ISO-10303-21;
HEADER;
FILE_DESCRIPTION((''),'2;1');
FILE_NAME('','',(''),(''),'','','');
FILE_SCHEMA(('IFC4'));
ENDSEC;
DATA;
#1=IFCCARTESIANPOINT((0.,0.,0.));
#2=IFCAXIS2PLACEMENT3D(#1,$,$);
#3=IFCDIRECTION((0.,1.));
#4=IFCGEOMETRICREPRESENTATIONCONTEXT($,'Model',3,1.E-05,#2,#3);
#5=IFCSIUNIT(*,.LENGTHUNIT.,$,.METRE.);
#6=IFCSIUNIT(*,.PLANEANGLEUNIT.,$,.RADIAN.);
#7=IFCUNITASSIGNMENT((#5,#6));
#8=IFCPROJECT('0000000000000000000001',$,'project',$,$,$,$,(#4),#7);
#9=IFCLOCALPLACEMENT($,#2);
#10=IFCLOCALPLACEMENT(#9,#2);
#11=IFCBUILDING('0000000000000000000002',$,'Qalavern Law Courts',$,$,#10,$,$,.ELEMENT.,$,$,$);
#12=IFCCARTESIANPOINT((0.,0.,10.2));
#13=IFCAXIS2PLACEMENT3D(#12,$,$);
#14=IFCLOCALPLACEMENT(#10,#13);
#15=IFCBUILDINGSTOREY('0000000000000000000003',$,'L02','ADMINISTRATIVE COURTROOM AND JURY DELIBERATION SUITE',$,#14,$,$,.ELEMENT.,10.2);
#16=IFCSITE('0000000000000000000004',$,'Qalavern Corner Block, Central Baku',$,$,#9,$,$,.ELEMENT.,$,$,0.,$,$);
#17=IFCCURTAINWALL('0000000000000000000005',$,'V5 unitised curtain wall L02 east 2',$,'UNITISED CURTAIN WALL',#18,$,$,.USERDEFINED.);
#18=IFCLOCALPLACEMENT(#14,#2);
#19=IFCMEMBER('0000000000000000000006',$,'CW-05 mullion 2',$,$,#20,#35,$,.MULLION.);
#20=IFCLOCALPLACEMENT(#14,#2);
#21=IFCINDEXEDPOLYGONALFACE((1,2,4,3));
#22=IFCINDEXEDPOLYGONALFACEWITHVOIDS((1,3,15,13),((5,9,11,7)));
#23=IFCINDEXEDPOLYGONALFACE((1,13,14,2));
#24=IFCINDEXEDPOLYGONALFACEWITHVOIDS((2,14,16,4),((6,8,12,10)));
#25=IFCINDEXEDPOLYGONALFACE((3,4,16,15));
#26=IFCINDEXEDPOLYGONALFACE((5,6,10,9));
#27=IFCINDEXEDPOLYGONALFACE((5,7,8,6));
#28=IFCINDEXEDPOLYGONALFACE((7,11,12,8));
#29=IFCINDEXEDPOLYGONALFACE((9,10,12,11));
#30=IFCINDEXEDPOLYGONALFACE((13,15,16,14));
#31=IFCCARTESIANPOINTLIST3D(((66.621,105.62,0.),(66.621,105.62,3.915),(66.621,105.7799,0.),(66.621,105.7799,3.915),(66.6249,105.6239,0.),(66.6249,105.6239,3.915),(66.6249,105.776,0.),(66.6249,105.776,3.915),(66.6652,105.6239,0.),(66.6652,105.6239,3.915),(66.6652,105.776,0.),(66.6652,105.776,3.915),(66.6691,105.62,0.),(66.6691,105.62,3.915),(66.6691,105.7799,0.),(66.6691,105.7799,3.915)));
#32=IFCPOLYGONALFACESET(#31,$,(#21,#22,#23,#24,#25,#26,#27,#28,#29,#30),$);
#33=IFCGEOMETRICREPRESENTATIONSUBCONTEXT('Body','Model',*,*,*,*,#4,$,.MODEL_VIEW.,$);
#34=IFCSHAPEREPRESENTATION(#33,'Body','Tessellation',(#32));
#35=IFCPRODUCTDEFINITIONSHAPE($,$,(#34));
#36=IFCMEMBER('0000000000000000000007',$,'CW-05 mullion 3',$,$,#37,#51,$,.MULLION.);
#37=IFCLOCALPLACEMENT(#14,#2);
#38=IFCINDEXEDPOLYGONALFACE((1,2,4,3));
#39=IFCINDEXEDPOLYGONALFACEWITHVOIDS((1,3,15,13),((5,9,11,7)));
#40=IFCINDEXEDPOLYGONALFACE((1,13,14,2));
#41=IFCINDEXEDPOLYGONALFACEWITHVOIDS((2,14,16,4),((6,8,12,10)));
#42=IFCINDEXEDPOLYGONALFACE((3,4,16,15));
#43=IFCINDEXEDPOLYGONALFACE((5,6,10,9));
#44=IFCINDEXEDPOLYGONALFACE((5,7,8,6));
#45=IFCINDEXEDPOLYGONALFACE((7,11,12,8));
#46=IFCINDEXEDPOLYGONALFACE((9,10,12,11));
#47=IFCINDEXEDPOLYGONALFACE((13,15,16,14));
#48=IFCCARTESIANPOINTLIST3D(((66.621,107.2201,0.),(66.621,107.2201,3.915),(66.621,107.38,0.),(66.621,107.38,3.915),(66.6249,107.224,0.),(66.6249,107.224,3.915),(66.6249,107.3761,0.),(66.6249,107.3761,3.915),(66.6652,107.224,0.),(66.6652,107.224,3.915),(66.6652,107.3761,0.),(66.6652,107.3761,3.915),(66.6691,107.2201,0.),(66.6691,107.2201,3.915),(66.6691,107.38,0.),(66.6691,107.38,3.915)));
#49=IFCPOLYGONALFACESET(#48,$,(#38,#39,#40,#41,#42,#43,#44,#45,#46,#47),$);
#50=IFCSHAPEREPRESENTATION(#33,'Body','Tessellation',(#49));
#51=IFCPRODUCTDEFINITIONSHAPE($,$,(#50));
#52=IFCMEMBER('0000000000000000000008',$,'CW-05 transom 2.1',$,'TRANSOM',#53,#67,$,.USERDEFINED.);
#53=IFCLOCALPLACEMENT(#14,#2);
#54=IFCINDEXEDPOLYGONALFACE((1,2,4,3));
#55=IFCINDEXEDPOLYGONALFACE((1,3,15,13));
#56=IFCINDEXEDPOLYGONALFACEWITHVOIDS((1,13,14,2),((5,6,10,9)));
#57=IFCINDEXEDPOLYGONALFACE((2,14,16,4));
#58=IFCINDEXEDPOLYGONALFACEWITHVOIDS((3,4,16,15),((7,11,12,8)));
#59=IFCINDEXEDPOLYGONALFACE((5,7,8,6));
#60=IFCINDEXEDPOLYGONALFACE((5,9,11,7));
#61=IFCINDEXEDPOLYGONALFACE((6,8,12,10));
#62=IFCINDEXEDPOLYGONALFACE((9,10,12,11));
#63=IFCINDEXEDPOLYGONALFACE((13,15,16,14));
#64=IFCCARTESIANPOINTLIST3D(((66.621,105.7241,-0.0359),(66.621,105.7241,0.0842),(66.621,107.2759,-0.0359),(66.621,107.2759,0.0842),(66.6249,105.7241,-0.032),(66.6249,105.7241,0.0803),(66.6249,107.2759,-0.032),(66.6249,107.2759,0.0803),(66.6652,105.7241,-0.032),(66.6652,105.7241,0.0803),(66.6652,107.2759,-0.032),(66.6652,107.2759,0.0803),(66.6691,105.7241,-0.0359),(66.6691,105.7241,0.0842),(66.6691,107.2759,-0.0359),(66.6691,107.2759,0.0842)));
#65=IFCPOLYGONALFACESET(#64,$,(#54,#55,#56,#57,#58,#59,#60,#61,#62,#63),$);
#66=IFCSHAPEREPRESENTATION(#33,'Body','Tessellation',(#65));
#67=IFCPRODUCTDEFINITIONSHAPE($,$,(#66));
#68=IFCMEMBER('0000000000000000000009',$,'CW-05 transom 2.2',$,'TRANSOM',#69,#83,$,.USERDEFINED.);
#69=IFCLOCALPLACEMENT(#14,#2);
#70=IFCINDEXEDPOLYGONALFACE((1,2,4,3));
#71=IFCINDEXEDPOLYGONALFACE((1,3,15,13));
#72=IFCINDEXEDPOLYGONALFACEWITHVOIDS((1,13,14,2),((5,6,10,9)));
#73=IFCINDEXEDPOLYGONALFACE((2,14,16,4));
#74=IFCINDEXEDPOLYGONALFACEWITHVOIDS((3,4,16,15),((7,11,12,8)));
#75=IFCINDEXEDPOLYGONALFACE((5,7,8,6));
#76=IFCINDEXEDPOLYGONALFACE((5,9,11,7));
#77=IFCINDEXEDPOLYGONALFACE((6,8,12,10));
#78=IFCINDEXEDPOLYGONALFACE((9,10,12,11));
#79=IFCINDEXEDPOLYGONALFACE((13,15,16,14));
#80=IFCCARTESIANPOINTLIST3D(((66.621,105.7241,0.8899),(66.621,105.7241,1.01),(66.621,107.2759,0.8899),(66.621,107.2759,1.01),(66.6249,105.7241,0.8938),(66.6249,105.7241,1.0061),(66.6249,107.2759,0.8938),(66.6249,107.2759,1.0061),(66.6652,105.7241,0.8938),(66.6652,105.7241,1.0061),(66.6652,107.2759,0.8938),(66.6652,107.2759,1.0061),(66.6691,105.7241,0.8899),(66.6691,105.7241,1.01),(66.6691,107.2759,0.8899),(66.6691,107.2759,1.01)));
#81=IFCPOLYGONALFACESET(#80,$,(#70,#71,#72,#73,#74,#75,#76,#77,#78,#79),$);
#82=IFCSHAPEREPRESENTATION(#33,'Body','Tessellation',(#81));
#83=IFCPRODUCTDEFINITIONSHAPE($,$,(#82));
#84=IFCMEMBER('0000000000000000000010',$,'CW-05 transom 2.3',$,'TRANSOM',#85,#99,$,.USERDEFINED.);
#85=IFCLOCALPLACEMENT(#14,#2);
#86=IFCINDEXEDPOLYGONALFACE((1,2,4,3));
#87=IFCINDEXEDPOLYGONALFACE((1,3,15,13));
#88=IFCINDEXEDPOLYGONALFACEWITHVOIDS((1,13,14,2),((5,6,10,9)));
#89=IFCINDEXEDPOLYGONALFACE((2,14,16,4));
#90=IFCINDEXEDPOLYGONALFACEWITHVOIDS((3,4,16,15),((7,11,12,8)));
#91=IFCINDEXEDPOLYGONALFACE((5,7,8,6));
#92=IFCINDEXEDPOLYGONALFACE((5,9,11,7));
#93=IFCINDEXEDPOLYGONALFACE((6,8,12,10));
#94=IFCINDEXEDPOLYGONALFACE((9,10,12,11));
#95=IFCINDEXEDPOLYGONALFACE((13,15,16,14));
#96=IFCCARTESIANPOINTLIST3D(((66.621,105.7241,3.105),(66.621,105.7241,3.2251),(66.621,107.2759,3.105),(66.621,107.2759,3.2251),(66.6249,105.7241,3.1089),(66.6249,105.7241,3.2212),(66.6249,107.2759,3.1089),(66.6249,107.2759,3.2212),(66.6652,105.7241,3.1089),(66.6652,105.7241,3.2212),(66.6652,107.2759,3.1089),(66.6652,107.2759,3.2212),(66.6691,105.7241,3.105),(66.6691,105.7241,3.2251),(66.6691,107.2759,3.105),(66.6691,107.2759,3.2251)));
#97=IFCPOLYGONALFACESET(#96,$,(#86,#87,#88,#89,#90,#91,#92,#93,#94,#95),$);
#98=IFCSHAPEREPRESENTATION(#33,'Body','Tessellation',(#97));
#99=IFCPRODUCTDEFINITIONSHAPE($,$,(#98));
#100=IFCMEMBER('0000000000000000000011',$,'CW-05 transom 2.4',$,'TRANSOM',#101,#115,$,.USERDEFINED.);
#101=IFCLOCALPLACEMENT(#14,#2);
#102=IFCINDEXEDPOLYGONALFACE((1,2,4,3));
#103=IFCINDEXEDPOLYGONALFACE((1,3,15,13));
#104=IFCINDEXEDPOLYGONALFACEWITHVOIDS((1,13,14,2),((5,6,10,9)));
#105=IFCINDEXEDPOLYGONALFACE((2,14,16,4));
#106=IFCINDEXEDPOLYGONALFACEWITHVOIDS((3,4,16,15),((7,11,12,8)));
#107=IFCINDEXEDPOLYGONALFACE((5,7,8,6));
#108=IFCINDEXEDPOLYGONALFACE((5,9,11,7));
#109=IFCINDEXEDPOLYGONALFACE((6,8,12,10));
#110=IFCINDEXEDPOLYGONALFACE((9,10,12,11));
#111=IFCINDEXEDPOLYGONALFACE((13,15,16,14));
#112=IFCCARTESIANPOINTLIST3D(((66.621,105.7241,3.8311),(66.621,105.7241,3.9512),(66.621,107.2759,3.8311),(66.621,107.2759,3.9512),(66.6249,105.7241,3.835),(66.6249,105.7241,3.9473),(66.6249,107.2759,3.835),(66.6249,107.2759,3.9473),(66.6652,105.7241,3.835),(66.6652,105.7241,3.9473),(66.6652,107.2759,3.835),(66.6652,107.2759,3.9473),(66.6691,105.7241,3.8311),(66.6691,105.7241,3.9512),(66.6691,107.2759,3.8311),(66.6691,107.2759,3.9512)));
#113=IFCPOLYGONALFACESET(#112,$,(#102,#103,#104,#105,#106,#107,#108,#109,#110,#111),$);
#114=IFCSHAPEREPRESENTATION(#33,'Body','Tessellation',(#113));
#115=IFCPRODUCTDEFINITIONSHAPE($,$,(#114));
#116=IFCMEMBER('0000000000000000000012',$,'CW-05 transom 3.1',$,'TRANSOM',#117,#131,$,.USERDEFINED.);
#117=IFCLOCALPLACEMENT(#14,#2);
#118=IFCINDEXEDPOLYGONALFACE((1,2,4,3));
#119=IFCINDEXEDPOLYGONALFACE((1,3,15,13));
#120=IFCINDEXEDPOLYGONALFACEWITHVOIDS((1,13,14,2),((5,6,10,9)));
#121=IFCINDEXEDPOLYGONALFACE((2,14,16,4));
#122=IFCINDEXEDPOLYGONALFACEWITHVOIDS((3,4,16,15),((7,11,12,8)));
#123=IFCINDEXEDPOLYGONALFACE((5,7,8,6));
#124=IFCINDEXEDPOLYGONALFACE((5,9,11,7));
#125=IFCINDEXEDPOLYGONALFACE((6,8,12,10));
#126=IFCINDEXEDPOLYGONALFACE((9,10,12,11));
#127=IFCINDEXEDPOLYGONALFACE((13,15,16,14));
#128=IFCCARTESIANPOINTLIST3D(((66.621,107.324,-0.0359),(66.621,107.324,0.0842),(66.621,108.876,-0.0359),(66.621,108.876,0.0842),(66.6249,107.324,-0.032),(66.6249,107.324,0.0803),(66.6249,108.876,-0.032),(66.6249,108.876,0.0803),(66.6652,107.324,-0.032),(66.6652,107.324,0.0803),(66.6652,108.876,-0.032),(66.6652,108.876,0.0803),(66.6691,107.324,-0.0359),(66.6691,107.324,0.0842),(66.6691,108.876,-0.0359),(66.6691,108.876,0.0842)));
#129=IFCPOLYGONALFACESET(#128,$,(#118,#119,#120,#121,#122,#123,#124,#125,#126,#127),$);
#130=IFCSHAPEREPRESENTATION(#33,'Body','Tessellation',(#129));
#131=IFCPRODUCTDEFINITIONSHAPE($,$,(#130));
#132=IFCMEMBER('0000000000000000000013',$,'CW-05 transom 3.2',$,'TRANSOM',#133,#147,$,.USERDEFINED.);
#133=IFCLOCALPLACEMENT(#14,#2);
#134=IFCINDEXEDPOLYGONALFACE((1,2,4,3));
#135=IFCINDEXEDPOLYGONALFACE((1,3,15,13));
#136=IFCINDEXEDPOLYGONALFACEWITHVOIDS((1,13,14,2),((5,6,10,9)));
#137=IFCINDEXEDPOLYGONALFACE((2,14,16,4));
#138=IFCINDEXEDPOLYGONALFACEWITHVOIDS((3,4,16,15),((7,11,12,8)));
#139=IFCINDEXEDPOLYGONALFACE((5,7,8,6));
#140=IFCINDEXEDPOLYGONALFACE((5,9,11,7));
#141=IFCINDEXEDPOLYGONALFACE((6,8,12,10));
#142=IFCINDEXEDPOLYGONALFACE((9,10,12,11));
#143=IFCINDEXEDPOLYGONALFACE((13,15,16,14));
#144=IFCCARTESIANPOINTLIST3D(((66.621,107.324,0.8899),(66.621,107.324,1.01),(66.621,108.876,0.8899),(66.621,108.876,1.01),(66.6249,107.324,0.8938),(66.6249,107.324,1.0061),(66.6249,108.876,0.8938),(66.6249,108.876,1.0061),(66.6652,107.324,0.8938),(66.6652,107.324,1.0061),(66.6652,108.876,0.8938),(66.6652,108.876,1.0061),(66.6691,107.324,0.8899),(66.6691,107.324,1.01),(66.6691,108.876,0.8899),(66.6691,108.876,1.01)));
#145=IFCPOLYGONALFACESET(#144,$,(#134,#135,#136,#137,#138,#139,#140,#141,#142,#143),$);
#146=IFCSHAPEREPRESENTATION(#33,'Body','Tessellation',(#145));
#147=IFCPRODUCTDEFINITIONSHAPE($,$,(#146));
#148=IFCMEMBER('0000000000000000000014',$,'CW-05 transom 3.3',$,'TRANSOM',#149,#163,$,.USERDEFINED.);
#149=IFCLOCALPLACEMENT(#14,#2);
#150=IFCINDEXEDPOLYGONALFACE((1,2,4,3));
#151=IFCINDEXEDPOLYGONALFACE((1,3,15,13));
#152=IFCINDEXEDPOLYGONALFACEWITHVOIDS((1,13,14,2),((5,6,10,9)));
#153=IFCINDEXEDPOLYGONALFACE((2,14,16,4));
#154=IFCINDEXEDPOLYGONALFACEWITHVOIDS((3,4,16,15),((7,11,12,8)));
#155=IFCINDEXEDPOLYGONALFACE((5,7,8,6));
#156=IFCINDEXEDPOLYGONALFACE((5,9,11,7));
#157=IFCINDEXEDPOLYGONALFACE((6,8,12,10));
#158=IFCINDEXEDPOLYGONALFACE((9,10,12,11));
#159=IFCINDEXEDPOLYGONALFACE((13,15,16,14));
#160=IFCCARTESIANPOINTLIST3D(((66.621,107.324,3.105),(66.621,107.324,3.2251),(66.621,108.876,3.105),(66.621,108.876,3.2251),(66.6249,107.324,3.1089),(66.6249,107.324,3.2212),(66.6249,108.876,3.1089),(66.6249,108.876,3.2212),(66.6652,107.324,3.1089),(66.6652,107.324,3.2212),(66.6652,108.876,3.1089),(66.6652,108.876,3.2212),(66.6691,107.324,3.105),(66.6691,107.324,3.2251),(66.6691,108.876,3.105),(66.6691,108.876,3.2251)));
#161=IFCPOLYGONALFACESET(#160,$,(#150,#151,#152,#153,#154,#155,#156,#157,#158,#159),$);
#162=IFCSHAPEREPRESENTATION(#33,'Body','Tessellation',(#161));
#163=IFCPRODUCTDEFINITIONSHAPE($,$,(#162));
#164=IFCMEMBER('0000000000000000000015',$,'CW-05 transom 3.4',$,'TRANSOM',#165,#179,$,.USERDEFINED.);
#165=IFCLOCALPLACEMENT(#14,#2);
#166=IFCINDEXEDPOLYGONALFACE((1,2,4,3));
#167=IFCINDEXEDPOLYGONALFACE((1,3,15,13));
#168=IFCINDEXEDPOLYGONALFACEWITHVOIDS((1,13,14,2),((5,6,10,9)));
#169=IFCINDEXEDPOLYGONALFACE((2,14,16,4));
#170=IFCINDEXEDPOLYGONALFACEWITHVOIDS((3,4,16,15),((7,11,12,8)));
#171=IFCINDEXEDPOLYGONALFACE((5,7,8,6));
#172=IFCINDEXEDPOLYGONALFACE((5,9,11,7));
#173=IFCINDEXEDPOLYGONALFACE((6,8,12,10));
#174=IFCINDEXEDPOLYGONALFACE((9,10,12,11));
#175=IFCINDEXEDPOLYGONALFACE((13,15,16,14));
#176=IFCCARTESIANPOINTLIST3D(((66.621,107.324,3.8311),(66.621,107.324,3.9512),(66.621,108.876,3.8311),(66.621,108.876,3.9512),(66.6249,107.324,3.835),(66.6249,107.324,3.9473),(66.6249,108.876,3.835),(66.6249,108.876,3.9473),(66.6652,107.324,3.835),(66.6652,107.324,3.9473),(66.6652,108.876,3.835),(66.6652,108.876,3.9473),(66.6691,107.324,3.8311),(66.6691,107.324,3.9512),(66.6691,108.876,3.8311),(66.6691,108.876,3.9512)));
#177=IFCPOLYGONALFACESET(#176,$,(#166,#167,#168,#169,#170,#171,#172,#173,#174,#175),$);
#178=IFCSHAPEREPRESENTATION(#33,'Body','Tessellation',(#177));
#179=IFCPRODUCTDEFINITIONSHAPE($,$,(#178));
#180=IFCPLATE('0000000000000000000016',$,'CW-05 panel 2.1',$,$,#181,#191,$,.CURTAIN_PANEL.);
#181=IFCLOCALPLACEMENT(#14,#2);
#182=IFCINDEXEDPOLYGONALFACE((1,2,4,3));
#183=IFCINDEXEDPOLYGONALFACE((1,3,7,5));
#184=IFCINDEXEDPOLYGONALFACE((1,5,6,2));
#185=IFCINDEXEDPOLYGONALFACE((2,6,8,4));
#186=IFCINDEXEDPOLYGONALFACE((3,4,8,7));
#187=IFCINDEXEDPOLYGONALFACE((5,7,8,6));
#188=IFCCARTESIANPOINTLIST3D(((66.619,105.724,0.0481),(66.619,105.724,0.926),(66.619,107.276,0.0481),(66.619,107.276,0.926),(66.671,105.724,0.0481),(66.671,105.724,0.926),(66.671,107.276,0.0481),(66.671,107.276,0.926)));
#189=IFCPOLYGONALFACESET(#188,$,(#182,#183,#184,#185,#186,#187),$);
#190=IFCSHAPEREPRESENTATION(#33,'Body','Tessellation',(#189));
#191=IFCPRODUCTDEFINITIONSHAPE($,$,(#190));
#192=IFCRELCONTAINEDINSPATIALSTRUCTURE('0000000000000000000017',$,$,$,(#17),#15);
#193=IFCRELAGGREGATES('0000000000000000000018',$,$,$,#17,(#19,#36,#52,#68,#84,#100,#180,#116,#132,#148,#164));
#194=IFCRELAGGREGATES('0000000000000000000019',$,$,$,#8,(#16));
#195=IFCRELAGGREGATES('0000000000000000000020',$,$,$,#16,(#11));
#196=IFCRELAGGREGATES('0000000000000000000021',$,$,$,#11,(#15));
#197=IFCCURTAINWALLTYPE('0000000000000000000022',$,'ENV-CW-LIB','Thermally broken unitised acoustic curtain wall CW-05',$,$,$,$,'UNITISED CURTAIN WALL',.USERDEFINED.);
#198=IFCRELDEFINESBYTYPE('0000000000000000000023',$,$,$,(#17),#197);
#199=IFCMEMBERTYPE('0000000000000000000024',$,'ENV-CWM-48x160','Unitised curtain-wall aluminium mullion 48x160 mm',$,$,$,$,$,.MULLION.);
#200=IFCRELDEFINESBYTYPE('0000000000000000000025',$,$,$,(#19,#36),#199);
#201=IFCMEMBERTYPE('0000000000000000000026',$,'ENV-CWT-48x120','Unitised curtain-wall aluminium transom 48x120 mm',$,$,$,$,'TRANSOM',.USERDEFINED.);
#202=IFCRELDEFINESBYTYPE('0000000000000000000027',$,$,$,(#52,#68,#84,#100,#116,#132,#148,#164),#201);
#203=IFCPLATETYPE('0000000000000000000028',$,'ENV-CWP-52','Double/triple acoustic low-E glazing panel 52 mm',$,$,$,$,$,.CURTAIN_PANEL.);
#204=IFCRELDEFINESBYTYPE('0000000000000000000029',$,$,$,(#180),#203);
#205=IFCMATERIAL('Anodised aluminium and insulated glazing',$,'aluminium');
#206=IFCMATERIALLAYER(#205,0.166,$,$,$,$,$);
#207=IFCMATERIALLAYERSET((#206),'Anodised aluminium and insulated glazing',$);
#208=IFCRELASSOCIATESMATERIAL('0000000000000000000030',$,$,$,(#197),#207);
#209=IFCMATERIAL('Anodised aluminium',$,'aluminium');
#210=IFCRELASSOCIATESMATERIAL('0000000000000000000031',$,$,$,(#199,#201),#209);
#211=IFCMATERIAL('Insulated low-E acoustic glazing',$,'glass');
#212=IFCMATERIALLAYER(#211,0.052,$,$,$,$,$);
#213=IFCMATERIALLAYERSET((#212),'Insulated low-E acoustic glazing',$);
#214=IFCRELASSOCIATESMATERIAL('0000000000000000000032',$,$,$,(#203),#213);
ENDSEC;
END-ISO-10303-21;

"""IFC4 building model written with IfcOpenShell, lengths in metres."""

from ifc_helpers import new_model, si_unit, direction, frame, origin, origin_2d, place, context, subcontext, project, spatial, rectangle, hollow_rectangle, extrude, material, layer, layer_set, material_profile, profile_set, type_object, element, aggregate, save


model = new_model("IFC4")

# Units and contexts
model_context = context("Model", 3, precision=1e-05, world=origin(), true_north=direction((0.0, 1.0)))
body_context = subcontext(model_context, "Body", "Model", "MODEL_VIEW")
ifc_project = project(units=[si_unit("LENGTHUNIT", "METRE"), si_unit("PLANEANGLEUNIT", "RADIAN")], contexts=[model_context])

# Site, building, storey
site_placement = place(None, origin())
site = spatial("IfcSite", under=ifc_project, at=site_placement, Name="Qalavern Corner Block, Central Baku", CompositionType="ELEMENT", RefElevation=0.0)
building_placement = place(site_placement, origin())
building = spatial("IfcBuilding", under=site, at=building_placement, Name="Qalavern Law Courts", CompositionType="ELEMENT")
storey_placement = place(building_placement, frame((0.0, 0.0, 10.2)))
storey = spatial("IfcBuildingStorey", under=building, at=storey_placement, Name="L02", Description="ADMINISTRATIVE COURTROOM AND JURY DELIBERATION SUITE", CompositionType="ELEMENT", Elevation=10.2)

# Curtain wall, members, plate
ifc_material_1 = material(Name="Anodised aluminium and insulated glazing", Category="aluminium")
ifc_layer_1 = layer(ifc_material_1, 0.166)
ifc_layer_set_1 = layer_set([ifc_layer_1], Name="Anodised aluminium and insulated glazing")
curtain_wall_type = type_object("IfcCurtainWallType", Name="ENV-CW-LIB", Description="Thermally broken unitised acoustic curtain wall CW-05", ElementType="UNITISED CURTAIN WALL", PredefinedType="USERDEFINED", material=ifc_layer_set_1)
curtain_wall_placement = place(storey_placement, origin())
curtain_wall = element("IfcCurtainWall", 1, at=curtain_wall_placement, inside=storey, type_object=curtain_wall_type, Name="V5 unitised curtain wall L02 east 2", ObjectType="UNITISED CURTAIN WALL", PredefinedType="USERDEFINED")
ifc_material_2 = material(Name="Anodised aluminium", Category="aluminium")
ifc_material_profile_1 = material_profile(ifc_material_2, hollow_rectangle(XDim=0.0481, YDim=0.1599, WallThickness=0.0039, at=origin_2d()), Name="ALU MULLION 48x160")
ifc_profile_set_1 = profile_set([ifc_material_profile_1], Name="Anodised aluminium")
member_type_1 = type_object("IfcMemberType", Name="ENV-CWM-48x160", Description="Unitised curtain-wall aluminium mullion 48x160 mm", PredefinedType="MULLION", material=ifc_profile_set_1)
member_1_placement = place(storey_placement, frame((66.645, 105.7, 0.0), z_axis=(0.0, 0.0, 1.0), x_axis=(-1.0, 0.0, 0.0)))
member_1 = element("IfcMember", 2, at=member_1_placement, type_object=member_type_1, Name="CW-05 mullion 2", PredefinedType="MULLION", context=body_context, shape_type="SweptSolid", body=[
    extrude(hollow_rectangle(XDim=0.0481, YDim=0.1599, WallThickness=0.0039, at=origin_2d()), origin(), (0.0, 0.0, 1.0), 3.915),
])
member_2_placement = place(storey_placement, frame((66.645, 107.3, 0.0), z_axis=(0.0, 0.0, 1.0), x_axis=(-1.0, 0.0, 0.0)))
member_2 = element("IfcMember", 3, at=member_2_placement, type_object=member_type_1, Name="CW-05 mullion 3", PredefinedType="MULLION", context=body_context, shape_type="SweptSolid", body=[
    extrude(hollow_rectangle(XDim=0.0481, YDim=0.1599, WallThickness=0.0039, at=origin_2d()), origin(), (0.0, 0.0, 1.0), 3.915),
])
ifc_material_profile_2 = material_profile(ifc_material_2, hollow_rectangle(XDim=0.0481, YDim=0.1201, WallThickness=0.0039, at=origin_2d()), Name="ALU TRANSOM 48x120")
ifc_profile_set_2 = profile_set([ifc_material_profile_2], Name="Anodised aluminium")
member_type_2 = type_object("IfcMemberType", Name="ENV-CWT-48x120", Description="Unitised curtain-wall aluminium transom 48x120 mm", ElementType="TRANSOM", PredefinedType="USERDEFINED", material=ifc_profile_set_2)
member_3_placement = place(storey_placement, frame((66.645, 105.7241, 0.0242), z_axis=(0.0, 1.0, 0.0), x_axis=(-1.0, 0.0, 0.0)))
member_3 = element("IfcMember", 4, at=member_3_placement, type_object=member_type_2, Name="CW-05 transom 2.1", ObjectType="TRANSOM", PredefinedType="USERDEFINED", context=body_context, shape_type="SweptSolid", body=[
    extrude(hollow_rectangle(XDim=0.0481, YDim=0.1201, WallThickness=0.0039, at=origin_2d()), origin(), (0.0, 0.0, 1.0), 1.5518),
])
member_4_placement = place(storey_placement, frame((66.645, 105.7241, 0.95), z_axis=(0.0, 1.0, 0.0), x_axis=(-1.0, 0.0, 0.0)))
member_4 = element("IfcMember", 5, at=member_4_placement, type_object=member_type_2, Name="CW-05 transom 2.2", ObjectType="TRANSOM", PredefinedType="USERDEFINED", context=body_context, shape_type="SweptSolid", body=[
    extrude(hollow_rectangle(XDim=0.0481, YDim=0.1201, WallThickness=0.0039, at=origin_2d()), origin(), (0.0, 0.0, 1.0), 1.5518),
])
member_5_placement = place(storey_placement, frame((66.645, 105.7241, 3.165), z_axis=(0.0, 1.0, 0.0), x_axis=(-1.0, 0.0, 0.0)))
member_5 = element("IfcMember", 6, at=member_5_placement, type_object=member_type_2, Name="CW-05 transom 2.3", ObjectType="TRANSOM", PredefinedType="USERDEFINED", context=body_context, shape_type="SweptSolid", body=[
    extrude(hollow_rectangle(XDim=0.0481, YDim=0.1201, WallThickness=0.0039, at=origin_2d()), origin(), (0.0, 0.0, 1.0), 1.5518),
])
member_6_placement = place(storey_placement, frame((66.645, 105.7241, 3.8911), z_axis=(0.0, 1.0, 0.0), x_axis=(-1.0, 0.0, 0.0)))
member_6 = element("IfcMember", 7, at=member_6_placement, type_object=member_type_2, Name="CW-05 transom 2.4", ObjectType="TRANSOM", PredefinedType="USERDEFINED", context=body_context, shape_type="SweptSolid", body=[
    extrude(hollow_rectangle(XDim=0.0481, YDim=0.1201, WallThickness=0.0039, at=origin_2d()), origin(), (0.0, 0.0, 1.0), 1.5518),
])
member_7_placement = place(storey_placement, frame((66.645, 107.324, 0.0242), z_axis=(0.0, 1.0, 0.0), x_axis=(-1.0, 0.0, 0.0)))
member_7 = element("IfcMember", 8, at=member_7_placement, type_object=member_type_2, Name="CW-05 transom 3.1", ObjectType="TRANSOM", PredefinedType="USERDEFINED", context=body_context, shape_type="SweptSolid", body=[
    extrude(hollow_rectangle(XDim=0.0481, YDim=0.1201, WallThickness=0.0039, at=origin_2d()), origin(), (0.0, 0.0, 1.0), 1.552),
])
member_8_placement = place(storey_placement, frame((66.645, 107.324, 0.95), z_axis=(0.0, 1.0, 0.0), x_axis=(-1.0, 0.0, 0.0)))
member_8 = element("IfcMember", 9, at=member_8_placement, type_object=member_type_2, Name="CW-05 transom 3.2", ObjectType="TRANSOM", PredefinedType="USERDEFINED", context=body_context, shape_type="SweptSolid", body=[
    extrude(hollow_rectangle(XDim=0.0481, YDim=0.1201, WallThickness=0.0039, at=origin_2d()), origin(), (0.0, 0.0, 1.0), 1.552),
])
member_9_placement = place(storey_placement, frame((66.645, 107.324, 3.165), z_axis=(0.0, 1.0, 0.0), x_axis=(-1.0, 0.0, 0.0)))
member_9 = element("IfcMember", 10, at=member_9_placement, type_object=member_type_2, Name="CW-05 transom 3.3", ObjectType="TRANSOM", PredefinedType="USERDEFINED", context=body_context, shape_type="SweptSolid", body=[
    extrude(hollow_rectangle(XDim=0.0481, YDim=0.1201, WallThickness=0.0039, at=origin_2d()), origin(), (0.0, 0.0, 1.0), 1.552),
])
member_10_placement = place(storey_placement, frame((66.645, 107.324, 3.8911), z_axis=(0.0, 1.0, 0.0), x_axis=(-1.0, 0.0, 0.0)))
member_10 = element("IfcMember", 11, at=member_10_placement, type_object=member_type_2, Name="CW-05 transom 3.4", ObjectType="TRANSOM", PredefinedType="USERDEFINED", context=body_context, shape_type="SweptSolid", body=[
    extrude(hollow_rectangle(XDim=0.0481, YDim=0.1201, WallThickness=0.0039, at=origin_2d()), origin(), (0.0, 0.0, 1.0), 1.552),
])
ifc_material_3 = material(Name="Insulated low-E acoustic glazing", Category="glass")
ifc_layer_2 = layer(ifc_material_3, 0.052)
ifc_layer_set_2 = layer_set([ifc_layer_2], Name="Insulated low-E acoustic glazing")
plate_type = type_object("IfcPlateType", Name="ENV-CWP-52", Description="Double/triple acoustic low-E glazing panel 52 mm", PredefinedType="CURTAIN_PANEL", material=ifc_layer_set_2)
plate_1_placement = place(storey_placement, frame((66.645, 106.5, 0.0481), z_axis=(0.0, 0.0, 1.0), x_axis=(0.0, 1.0, 0.0)))
plate_1 = element("IfcPlate", 12, at=plate_1_placement, type_object=plate_type, Name="CW-05 panel 2.1", PredefinedType="CURTAIN_PANEL", context=body_context, shape_type="SweptSolid", body=[
    extrude(rectangle(XDim=1.552, YDim=0.052, at=origin_2d()), origin(), (0.0, 0.0, 1.0), 0.8779),
])
aggregate(curtain_wall, [member_1, member_2, member_3, member_4, member_5, member_6, plate_1, member_7, member_8, member_9, member_10])

save(model, "model.ifc")
